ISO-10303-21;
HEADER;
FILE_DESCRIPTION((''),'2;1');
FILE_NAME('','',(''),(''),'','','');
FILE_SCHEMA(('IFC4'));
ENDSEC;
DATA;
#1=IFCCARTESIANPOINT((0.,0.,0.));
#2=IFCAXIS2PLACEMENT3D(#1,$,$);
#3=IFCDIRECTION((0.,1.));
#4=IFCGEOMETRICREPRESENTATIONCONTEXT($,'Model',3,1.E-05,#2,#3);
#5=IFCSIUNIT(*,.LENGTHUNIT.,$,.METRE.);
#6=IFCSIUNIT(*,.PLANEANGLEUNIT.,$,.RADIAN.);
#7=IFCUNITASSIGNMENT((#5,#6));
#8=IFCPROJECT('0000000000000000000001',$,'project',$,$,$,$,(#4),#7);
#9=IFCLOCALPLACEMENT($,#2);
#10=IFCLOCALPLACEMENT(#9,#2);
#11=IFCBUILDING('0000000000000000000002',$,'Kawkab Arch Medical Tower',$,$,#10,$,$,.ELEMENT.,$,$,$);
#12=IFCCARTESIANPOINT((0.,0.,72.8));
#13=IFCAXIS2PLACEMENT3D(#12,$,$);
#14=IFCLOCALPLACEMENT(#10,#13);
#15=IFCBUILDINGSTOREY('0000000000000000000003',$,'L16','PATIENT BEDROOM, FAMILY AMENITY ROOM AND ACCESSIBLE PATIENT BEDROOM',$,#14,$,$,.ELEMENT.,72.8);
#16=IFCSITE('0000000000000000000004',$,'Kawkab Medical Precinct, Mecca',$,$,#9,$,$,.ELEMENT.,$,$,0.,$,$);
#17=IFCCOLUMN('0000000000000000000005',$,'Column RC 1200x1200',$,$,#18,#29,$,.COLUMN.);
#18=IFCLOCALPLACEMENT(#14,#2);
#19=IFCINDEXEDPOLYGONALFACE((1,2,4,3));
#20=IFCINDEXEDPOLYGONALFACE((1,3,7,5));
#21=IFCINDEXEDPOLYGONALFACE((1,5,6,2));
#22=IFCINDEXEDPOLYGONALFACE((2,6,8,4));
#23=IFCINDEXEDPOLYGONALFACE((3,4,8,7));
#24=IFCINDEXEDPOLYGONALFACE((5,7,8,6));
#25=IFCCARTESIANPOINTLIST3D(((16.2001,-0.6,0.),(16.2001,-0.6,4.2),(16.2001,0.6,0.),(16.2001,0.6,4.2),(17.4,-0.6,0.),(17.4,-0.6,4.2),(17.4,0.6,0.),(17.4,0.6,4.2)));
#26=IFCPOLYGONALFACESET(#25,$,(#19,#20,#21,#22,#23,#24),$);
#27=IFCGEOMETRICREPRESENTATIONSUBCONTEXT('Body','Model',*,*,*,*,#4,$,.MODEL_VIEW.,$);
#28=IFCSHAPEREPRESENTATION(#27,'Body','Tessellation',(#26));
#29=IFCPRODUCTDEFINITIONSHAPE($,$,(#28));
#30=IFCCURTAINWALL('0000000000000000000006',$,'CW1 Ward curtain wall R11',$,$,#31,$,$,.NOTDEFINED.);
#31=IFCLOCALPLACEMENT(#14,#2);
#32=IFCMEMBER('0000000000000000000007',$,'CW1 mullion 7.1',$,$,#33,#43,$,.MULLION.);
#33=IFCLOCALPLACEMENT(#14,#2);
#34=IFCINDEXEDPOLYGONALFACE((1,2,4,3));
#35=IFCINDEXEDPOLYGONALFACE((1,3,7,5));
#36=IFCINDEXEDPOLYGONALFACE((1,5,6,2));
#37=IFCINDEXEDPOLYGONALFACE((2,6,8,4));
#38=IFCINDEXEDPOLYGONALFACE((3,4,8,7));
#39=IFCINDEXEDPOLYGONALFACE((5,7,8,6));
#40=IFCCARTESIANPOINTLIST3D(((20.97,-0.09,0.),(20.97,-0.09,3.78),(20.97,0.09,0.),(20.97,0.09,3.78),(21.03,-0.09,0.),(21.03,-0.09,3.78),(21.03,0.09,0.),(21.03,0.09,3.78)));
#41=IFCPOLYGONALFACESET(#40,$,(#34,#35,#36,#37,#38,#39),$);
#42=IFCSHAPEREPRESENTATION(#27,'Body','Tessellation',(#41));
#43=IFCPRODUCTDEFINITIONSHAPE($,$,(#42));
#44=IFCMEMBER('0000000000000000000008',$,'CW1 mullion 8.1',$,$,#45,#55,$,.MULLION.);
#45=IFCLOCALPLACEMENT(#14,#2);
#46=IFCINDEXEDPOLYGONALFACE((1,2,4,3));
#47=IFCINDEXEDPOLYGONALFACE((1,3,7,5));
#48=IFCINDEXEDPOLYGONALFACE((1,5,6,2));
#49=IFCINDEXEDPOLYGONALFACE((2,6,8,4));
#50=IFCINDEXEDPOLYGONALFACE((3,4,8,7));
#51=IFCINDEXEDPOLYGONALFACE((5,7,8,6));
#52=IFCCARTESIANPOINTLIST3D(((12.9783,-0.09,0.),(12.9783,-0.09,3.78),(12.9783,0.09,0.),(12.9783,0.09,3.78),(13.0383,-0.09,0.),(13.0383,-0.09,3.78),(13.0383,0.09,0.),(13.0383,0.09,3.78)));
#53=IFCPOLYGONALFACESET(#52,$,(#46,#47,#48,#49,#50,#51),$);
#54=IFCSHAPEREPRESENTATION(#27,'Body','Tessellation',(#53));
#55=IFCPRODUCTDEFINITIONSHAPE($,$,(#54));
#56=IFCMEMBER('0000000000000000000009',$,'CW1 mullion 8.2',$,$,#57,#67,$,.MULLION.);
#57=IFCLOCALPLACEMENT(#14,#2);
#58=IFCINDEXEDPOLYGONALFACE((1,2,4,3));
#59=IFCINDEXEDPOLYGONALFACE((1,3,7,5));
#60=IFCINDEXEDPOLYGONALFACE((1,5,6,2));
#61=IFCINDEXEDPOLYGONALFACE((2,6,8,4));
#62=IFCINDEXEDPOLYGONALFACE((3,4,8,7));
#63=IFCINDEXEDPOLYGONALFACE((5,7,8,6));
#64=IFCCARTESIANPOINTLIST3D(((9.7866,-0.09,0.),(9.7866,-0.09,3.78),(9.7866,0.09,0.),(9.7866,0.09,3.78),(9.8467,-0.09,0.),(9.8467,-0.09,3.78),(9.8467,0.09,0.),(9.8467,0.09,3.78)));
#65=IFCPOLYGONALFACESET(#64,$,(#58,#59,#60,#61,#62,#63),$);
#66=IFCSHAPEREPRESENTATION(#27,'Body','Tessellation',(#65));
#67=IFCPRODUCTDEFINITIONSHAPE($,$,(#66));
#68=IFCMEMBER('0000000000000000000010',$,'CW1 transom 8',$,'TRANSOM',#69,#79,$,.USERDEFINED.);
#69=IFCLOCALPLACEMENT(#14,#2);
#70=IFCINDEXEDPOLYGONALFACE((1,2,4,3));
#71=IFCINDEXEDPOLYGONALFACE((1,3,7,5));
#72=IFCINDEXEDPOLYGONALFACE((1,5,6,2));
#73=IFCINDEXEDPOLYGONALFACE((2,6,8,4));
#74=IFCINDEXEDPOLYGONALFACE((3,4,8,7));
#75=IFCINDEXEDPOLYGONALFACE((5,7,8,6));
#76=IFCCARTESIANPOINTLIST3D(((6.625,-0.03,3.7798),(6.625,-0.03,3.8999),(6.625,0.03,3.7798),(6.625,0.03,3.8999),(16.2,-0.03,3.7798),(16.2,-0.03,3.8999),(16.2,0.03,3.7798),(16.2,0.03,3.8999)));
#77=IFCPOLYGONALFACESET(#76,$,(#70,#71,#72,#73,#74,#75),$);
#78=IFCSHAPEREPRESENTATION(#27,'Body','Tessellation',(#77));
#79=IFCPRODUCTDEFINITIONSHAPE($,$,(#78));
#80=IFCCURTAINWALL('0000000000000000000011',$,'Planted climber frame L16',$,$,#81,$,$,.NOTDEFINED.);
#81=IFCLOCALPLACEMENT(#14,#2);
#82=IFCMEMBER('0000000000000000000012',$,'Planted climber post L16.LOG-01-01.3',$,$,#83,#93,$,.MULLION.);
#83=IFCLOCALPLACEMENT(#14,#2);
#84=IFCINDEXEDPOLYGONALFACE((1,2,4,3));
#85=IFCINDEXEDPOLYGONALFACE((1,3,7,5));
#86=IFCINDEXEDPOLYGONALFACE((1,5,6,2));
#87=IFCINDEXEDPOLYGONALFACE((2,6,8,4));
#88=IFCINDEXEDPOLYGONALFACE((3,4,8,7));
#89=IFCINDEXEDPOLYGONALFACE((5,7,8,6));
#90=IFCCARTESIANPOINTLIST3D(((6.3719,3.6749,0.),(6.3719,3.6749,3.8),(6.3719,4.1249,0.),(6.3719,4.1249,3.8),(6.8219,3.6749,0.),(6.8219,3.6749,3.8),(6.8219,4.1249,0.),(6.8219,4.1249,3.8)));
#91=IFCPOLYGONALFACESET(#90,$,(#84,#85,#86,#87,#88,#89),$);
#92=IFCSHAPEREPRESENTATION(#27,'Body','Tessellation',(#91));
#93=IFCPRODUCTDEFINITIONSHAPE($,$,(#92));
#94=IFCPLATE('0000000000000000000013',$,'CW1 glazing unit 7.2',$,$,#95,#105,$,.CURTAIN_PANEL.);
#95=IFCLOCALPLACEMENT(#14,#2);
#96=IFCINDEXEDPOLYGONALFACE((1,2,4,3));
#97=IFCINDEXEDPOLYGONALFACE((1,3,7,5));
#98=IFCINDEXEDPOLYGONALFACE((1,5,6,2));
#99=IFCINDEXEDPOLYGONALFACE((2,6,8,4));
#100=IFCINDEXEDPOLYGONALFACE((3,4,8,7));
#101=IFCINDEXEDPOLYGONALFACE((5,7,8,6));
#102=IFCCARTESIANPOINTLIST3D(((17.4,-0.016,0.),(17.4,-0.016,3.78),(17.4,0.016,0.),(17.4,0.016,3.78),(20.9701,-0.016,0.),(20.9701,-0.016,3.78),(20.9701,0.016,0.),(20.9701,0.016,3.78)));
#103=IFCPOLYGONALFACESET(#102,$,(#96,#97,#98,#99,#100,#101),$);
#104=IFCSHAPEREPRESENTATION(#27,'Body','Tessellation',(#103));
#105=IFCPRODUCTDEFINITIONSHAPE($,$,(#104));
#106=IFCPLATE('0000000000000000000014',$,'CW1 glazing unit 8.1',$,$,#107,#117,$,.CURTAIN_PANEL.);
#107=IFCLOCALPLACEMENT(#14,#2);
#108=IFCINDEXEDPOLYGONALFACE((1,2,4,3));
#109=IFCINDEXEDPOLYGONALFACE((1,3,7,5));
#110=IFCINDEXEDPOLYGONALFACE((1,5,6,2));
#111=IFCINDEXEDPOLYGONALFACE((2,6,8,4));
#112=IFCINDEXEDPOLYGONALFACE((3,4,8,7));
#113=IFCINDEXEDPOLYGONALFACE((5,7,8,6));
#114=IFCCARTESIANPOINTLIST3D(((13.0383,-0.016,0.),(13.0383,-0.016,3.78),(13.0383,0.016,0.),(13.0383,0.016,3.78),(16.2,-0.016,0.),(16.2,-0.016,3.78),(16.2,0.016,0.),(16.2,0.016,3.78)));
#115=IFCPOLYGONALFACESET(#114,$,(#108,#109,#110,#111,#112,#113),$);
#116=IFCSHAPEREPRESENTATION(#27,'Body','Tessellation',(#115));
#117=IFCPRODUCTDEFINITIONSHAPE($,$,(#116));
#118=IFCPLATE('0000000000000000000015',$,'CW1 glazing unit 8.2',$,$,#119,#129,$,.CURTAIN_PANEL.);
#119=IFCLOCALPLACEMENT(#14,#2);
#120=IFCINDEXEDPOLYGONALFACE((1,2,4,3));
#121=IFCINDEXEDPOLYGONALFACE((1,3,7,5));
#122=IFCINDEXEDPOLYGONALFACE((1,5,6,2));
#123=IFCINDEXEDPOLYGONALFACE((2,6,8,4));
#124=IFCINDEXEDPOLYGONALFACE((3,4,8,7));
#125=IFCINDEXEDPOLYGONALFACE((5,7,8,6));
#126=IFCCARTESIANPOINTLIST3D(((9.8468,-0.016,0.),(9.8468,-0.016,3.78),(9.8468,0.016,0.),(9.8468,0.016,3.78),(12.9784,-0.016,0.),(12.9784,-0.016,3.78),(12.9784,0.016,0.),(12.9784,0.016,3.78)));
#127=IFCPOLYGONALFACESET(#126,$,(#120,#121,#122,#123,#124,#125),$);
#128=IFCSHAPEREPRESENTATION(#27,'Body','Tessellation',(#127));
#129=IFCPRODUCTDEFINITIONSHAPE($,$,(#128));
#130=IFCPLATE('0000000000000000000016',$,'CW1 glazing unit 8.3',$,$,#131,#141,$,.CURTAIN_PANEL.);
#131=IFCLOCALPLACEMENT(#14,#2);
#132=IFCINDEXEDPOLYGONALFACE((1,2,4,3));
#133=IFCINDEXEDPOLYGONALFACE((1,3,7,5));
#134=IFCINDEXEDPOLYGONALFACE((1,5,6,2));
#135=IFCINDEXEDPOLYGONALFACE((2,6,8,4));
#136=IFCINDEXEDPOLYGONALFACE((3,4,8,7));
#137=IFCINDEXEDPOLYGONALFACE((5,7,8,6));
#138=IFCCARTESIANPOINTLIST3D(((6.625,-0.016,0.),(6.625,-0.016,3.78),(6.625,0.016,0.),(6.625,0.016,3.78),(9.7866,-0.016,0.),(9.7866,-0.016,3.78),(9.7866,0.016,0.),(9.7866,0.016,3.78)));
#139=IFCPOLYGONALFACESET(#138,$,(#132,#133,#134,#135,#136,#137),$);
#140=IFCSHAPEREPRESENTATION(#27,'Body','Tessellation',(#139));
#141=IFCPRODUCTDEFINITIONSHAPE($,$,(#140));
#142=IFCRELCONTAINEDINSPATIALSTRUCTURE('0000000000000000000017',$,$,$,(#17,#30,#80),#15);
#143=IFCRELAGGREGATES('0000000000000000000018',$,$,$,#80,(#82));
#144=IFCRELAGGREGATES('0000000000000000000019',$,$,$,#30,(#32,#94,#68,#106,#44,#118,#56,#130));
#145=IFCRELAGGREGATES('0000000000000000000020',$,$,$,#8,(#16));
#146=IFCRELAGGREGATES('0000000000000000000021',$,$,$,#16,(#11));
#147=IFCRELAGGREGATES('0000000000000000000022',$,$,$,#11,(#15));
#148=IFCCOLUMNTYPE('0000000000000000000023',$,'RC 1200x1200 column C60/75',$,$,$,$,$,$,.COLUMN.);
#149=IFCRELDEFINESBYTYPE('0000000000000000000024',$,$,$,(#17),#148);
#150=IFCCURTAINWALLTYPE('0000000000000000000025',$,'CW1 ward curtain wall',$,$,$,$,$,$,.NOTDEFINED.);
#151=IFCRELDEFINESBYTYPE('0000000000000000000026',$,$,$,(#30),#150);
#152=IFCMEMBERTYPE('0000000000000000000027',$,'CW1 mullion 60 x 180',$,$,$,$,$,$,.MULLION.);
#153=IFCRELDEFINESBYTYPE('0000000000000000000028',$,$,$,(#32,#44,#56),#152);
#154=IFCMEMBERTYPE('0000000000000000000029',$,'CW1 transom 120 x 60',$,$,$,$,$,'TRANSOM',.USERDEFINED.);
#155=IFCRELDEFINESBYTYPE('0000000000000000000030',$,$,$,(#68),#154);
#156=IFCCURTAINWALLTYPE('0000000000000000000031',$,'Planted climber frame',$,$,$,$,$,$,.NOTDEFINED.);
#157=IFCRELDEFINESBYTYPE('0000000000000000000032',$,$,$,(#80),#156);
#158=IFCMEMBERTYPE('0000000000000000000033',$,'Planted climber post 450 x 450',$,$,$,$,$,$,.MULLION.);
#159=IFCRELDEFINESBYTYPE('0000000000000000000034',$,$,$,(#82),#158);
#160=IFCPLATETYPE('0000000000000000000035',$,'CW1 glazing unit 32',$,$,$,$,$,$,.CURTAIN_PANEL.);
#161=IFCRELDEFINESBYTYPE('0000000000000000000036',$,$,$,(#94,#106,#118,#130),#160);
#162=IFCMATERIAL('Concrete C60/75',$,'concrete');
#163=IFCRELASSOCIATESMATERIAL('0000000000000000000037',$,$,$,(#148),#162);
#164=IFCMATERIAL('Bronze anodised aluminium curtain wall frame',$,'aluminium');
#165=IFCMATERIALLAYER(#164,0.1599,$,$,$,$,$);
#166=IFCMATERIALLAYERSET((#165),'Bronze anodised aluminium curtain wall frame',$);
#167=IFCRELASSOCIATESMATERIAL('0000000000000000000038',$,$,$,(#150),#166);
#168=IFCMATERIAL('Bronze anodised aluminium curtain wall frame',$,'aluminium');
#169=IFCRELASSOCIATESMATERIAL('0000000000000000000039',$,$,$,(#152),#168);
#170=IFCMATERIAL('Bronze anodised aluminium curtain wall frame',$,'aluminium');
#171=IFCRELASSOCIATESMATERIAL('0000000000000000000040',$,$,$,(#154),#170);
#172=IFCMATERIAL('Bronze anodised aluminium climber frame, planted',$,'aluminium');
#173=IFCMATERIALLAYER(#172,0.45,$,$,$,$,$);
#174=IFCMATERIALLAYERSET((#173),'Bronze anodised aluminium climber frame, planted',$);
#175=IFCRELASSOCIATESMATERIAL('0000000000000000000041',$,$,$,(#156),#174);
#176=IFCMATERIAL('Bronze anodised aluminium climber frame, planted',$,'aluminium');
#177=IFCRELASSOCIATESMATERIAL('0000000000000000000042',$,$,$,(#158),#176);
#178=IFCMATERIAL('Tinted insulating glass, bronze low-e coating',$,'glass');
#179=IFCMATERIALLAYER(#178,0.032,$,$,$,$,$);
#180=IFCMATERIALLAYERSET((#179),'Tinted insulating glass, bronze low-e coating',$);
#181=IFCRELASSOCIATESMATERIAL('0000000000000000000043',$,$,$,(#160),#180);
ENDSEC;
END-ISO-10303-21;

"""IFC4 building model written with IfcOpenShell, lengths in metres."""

from ifc_helpers import new_model, si_unit, direction, frame, origin, origin_2d, place, context, subcontext, project, spatial, rectangle, extrude, material, layer, layer_set, material_profile, profile_set, type_object, element, aggregate, save


model = new_model("IFC4")

# Units and contexts
model_context = context("Model", 3, precision=1e-05, world=origin(), true_north=direction((0.0, 1.0)))
body_context = subcontext(model_context, "Body", "Model", "MODEL_VIEW")
ifc_project = project(units=[si_unit("LENGTHUNIT", "METRE"), si_unit("PLANEANGLEUNIT", "RADIAN")], contexts=[model_context])

# Site, building, storey
site_placement = place(None, origin())
site = spatial("IfcSite", under=ifc_project, at=site_placement, Name="Kawkab Medical Precinct, Mecca", CompositionType="ELEMENT", RefElevation=0.0)
building_placement = place(site_placement, origin())
building = spatial("IfcBuilding", under=site, at=building_placement, Name="Kawkab Arch Medical Tower", CompositionType="ELEMENT")
storey_placement = place(building_placement, frame((0.0, 0.0, 72.8)))
storey = spatial("IfcBuildingStorey", under=building, at=storey_placement, Name="L16", Description="PATIENT BEDROOM, FAMILY AMENITY ROOM AND ACCESSIBLE PATIENT BEDROOM", CompositionType="ELEMENT", Elevation=72.8)

# Column
ifc_material_1 = material(Name="Concrete C60/75", Category="concrete")
ifc_material_profile_1 = material_profile(ifc_material_1, rectangle(XDim=1.2, YDim=1.2, at=origin_2d()), Name="RC 1200x1200")
ifc_profile_set_1 = profile_set([ifc_material_profile_1], Name="Concrete C60/75")
column_type = type_object("IfcColumnType", Name="RC 1200x1200 column C60/75", PredefinedType="COLUMN", material=ifc_profile_set_1)
column_placement = place(storey_placement, frame((16.8, 0.0, 0.0), z_axis=(0.0, 0.0, 1.0), x_axis=(1.0, 0.0, 0.0)))
element("IfcColumn", 1, at=column_placement, inside=storey, type_object=column_type, Name="Column RC 1200x1200", PredefinedType="COLUMN", context=body_context, shape_type="SweptSolid", body=[
    extrude(rectangle(XDim=1.2, YDim=1.2, at=origin_2d()), origin(), (0.0, 0.0, 1.0), 4.2),
])

# Curtain wall, members
ifc_material_2 = material(Name="Bronze anodised aluminium curtain wall frame", Category="aluminium")
ifc_layer_1 = layer(ifc_material_2, 0.1599)
ifc_layer_set_1 = layer_set([ifc_layer_1], Name="Bronze anodised aluminium curtain wall frame")
curtain_wall_type_1 = type_object("IfcCurtainWallType", Name="CW1 ward curtain wall", PredefinedType="NOTDEFINED", material=ifc_layer_set_1)
placement = place(storey_placement, origin())
curtain_wall_1 = element("IfcCurtainWall", 2, at=placement, inside=storey, type_object=curtain_wall_type_1, Name="CW1 Ward curtain wall R11", PredefinedType="NOTDEFINED")
ifc_material_3 = material(Name="Bronze anodised aluminium curtain wall frame", Category="aluminium")
ifc_material_profile_2 = material_profile(ifc_material_3, rectangle(XDim=0.1799, YDim=0.0601, at=origin_2d()), Name="AL 60x180")
ifc_profile_set_2 = profile_set([ifc_material_profile_2], Name="Bronze anodised aluminium curtain wall frame")
member_type_1 = type_object("IfcMemberType", Name="CW1 mullion 60 x 180", PredefinedType="MULLION", material=ifc_profile_set_2)
member_1_placement = place(storey_placement, frame((21.0, 0.0, 0.0), z_axis=(0.0, 0.0, 1.0), x_axis=(0.0, -1.0, 0.0)))
member_1 = element("IfcMember", 3, at=member_1_placement, type_object=member_type_1, Name="CW1 mullion 7.1", PredefinedType="MULLION", context=body_context, shape_type="SweptSolid", body=[
    extrude(rectangle(XDim=0.1799, YDim=0.0601, at=origin_2d()), origin(), (0.0, 0.0, 1.0), 3.78),
])
member_2_placement = place(storey_placement, frame((13.0083, 0.0, 0.0), z_axis=(0.0, 0.0, 1.0), x_axis=(0.0, -1.0, 0.0)))
member_2 = element("IfcMember", 4, at=member_2_placement, type_object=member_type_1, Name="CW1 mullion 8.1", PredefinedType="MULLION", context=body_context, shape_type="SweptSolid", body=[
    extrude(rectangle(XDim=0.1799, YDim=0.0601, at=origin_2d()), origin(), (0.0, 0.0, 1.0), 3.78),
])
member_3_placement = place(storey_placement, frame((9.8167, 0.0, 0.0), z_axis=(0.0, 0.0, 1.0), x_axis=(0.0, -1.0, 0.0)))
member_3 = element("IfcMember", 5, at=member_3_placement, type_object=member_type_1, Name="CW1 mullion 8.2", PredefinedType="MULLION", context=body_context, shape_type="SweptSolid", body=[
    extrude(rectangle(XDim=0.1799, YDim=0.0601, at=origin_2d()), origin(), (0.0, 0.0, 1.0), 3.78),
])
ifc_material_4 = material(Name="Bronze anodised aluminium curtain wall frame", Category="aluminium")
ifc_material_profile_3 = material_profile(ifc_material_4, rectangle(XDim=0.0601, YDim=0.1201, at=origin_2d()), Name="AL 60x120")
ifc_profile_set_3 = profile_set([ifc_material_profile_3], Name="Bronze anodised aluminium curtain wall frame")
member_type_2 = type_object("IfcMemberType", Name="CW1 transom 120 x 60", ElementType="TRANSOM", PredefinedType="USERDEFINED", material=ifc_profile_set_3)
member_4_placement = place(storey_placement, frame((16.2, 0.0, 3.8398), z_axis=(-1.0, 0.0, 0.0), x_axis=(0.0, -1.0, 0.0)))
member_4 = element("IfcMember", 6, at=member_4_placement, type_object=member_type_2, Name="CW1 transom 8", ObjectType="TRANSOM", PredefinedType="USERDEFINED", context=body_context, shape_type="SweptSolid", body=[
    extrude(rectangle(XDim=0.0601, YDim=0.1201, at=origin_2d()), origin(), (0.0, 0.0, 1.0), 9.575),
])

# Curtain wall, member
ifc_material_5 = material(Name="Bronze anodised aluminium climber frame, planted", Category="aluminium")
ifc_layer_2 = layer(ifc_material_5, 0.45)
ifc_layer_set_2 = layer_set([ifc_layer_2], Name="Bronze anodised aluminium climber frame, planted")
curtain_wall_type_2 = type_object("IfcCurtainWallType", Name="Planted climber frame", PredefinedType="NOTDEFINED", material=ifc_layer_set_2)
curtain_wall_2 = element("IfcCurtainWall", 7, at=placement, inside=storey, type_object=curtain_wall_type_2, Name="Planted climber frame L16", PredefinedType="NOTDEFINED")
ifc_material_6 = material(Name="Bronze anodised aluminium climber frame, planted", Category="aluminium")
ifc_material_profile_4 = material_profile(ifc_material_6, rectangle(XDim=0.45, YDim=0.45, at=origin_2d()), Name="Post 450x450")
ifc_profile_set_4 = profile_set([ifc_material_profile_4], Name="Bronze anodised aluminium climber frame, planted")
member_type_3 = type_object("IfcMemberType", Name="Planted climber post 450 x 450", PredefinedType="MULLION", material=ifc_profile_set_4)
member_5_placement = place(storey_placement, frame((6.5969, 3.8999, 0.0), z_axis=(0.0, 0.0, 1.0), x_axis=(1.0, 0.0, 0.0)))
member_5 = element("IfcMember", 8, at=member_5_placement, type_object=member_type_3, Name="Planted climber post L16.LOG-01-01.3", PredefinedType="MULLION", context=body_context, shape_type="SweptSolid", body=[
    extrude(rectangle(XDim=0.45, YDim=0.45, at=origin_2d()), origin(), (0.0, 0.0, 1.0), 3.8),
])
aggregate(curtain_wall_2, [member_5])

# Plates
ifc_material_7 = material(Name="Tinted insulating glass, bronze low-e coating", Category="glass")
ifc_layer_3 = layer(ifc_material_7, 0.032)
ifc_layer_set_3 = layer_set([ifc_layer_3], Name="Tinted insulating glass, bronze low-e coating")
plate_type = type_object("IfcPlateType", Name="CW1 glazing unit 32", PredefinedType="CURTAIN_PANEL", material=ifc_layer_set_3)
plate_1_placement = place(storey_placement, frame((19.1851, 0.0, 0.0), z_axis=(0.0, 0.0, 1.0), x_axis=(-1.0, 0.0, 0.0)))
plate_1 = element("IfcPlate", 9, at=plate_1_placement, type_object=plate_type, Name="CW1 glazing unit 7.2", PredefinedType="CURTAIN_PANEL", context=body_context, shape_type="SweptSolid", body=[
    extrude(rectangle(XDim=3.5701, YDim=0.032, at=origin_2d()), origin(), (0.0, 0.0, 1.0), 3.78),
])
plate_2_placement = place(storey_placement, frame((14.6191, 0.0, 0.0), z_axis=(0.0, 0.0, 1.0), x_axis=(-1.0, 0.0, 0.0)))
plate_2 = element("IfcPlate", 10, at=plate_2_placement, type_object=plate_type, Name="CW1 glazing unit 8.1", PredefinedType="CURTAIN_PANEL", context=body_context, shape_type="SweptSolid", body=[
    extrude(rectangle(XDim=3.1616, YDim=0.032, at=origin_2d()), origin(), (0.0, 0.0, 1.0), 3.78),
])
plate_3_placement = place(storey_placement, frame((11.4126, 0.0, 0.0), z_axis=(0.0, 0.0, 1.0), x_axis=(-1.0, 0.0, 0.0)))
plate_3 = element("IfcPlate", 11, at=plate_3_placement, type_object=plate_type, Name="CW1 glazing unit 8.2", PredefinedType="CURTAIN_PANEL", context=body_context, shape_type="SweptSolid", body=[
    extrude(rectangle(XDim=3.1316, YDim=0.032, at=origin_2d()), origin(), (0.0, 0.0, 1.0), 3.78),
])
plate_4_placement = place(storey_placement, frame((8.2058, 0.0, 0.0), z_axis=(0.0, 0.0, 1.0), x_axis=(-1.0, 0.0, 0.0)))
plate_4 = element("IfcPlate", 12, at=plate_4_placement, type_object=plate_type, Name="CW1 glazing unit 8.3", PredefinedType="CURTAIN_PANEL", context=body_context, shape_type="SweptSolid", body=[
    extrude(rectangle(XDim=3.1616, YDim=0.032, at=origin_2d()), origin(), (0.0, 0.0, 1.0), 3.78),
])
aggregate(curtain_wall_1, [member_1, plate_1, member_4, plate_2, member_2, plate_3, member_3, plate_4])

save(model, "model.ifc")
